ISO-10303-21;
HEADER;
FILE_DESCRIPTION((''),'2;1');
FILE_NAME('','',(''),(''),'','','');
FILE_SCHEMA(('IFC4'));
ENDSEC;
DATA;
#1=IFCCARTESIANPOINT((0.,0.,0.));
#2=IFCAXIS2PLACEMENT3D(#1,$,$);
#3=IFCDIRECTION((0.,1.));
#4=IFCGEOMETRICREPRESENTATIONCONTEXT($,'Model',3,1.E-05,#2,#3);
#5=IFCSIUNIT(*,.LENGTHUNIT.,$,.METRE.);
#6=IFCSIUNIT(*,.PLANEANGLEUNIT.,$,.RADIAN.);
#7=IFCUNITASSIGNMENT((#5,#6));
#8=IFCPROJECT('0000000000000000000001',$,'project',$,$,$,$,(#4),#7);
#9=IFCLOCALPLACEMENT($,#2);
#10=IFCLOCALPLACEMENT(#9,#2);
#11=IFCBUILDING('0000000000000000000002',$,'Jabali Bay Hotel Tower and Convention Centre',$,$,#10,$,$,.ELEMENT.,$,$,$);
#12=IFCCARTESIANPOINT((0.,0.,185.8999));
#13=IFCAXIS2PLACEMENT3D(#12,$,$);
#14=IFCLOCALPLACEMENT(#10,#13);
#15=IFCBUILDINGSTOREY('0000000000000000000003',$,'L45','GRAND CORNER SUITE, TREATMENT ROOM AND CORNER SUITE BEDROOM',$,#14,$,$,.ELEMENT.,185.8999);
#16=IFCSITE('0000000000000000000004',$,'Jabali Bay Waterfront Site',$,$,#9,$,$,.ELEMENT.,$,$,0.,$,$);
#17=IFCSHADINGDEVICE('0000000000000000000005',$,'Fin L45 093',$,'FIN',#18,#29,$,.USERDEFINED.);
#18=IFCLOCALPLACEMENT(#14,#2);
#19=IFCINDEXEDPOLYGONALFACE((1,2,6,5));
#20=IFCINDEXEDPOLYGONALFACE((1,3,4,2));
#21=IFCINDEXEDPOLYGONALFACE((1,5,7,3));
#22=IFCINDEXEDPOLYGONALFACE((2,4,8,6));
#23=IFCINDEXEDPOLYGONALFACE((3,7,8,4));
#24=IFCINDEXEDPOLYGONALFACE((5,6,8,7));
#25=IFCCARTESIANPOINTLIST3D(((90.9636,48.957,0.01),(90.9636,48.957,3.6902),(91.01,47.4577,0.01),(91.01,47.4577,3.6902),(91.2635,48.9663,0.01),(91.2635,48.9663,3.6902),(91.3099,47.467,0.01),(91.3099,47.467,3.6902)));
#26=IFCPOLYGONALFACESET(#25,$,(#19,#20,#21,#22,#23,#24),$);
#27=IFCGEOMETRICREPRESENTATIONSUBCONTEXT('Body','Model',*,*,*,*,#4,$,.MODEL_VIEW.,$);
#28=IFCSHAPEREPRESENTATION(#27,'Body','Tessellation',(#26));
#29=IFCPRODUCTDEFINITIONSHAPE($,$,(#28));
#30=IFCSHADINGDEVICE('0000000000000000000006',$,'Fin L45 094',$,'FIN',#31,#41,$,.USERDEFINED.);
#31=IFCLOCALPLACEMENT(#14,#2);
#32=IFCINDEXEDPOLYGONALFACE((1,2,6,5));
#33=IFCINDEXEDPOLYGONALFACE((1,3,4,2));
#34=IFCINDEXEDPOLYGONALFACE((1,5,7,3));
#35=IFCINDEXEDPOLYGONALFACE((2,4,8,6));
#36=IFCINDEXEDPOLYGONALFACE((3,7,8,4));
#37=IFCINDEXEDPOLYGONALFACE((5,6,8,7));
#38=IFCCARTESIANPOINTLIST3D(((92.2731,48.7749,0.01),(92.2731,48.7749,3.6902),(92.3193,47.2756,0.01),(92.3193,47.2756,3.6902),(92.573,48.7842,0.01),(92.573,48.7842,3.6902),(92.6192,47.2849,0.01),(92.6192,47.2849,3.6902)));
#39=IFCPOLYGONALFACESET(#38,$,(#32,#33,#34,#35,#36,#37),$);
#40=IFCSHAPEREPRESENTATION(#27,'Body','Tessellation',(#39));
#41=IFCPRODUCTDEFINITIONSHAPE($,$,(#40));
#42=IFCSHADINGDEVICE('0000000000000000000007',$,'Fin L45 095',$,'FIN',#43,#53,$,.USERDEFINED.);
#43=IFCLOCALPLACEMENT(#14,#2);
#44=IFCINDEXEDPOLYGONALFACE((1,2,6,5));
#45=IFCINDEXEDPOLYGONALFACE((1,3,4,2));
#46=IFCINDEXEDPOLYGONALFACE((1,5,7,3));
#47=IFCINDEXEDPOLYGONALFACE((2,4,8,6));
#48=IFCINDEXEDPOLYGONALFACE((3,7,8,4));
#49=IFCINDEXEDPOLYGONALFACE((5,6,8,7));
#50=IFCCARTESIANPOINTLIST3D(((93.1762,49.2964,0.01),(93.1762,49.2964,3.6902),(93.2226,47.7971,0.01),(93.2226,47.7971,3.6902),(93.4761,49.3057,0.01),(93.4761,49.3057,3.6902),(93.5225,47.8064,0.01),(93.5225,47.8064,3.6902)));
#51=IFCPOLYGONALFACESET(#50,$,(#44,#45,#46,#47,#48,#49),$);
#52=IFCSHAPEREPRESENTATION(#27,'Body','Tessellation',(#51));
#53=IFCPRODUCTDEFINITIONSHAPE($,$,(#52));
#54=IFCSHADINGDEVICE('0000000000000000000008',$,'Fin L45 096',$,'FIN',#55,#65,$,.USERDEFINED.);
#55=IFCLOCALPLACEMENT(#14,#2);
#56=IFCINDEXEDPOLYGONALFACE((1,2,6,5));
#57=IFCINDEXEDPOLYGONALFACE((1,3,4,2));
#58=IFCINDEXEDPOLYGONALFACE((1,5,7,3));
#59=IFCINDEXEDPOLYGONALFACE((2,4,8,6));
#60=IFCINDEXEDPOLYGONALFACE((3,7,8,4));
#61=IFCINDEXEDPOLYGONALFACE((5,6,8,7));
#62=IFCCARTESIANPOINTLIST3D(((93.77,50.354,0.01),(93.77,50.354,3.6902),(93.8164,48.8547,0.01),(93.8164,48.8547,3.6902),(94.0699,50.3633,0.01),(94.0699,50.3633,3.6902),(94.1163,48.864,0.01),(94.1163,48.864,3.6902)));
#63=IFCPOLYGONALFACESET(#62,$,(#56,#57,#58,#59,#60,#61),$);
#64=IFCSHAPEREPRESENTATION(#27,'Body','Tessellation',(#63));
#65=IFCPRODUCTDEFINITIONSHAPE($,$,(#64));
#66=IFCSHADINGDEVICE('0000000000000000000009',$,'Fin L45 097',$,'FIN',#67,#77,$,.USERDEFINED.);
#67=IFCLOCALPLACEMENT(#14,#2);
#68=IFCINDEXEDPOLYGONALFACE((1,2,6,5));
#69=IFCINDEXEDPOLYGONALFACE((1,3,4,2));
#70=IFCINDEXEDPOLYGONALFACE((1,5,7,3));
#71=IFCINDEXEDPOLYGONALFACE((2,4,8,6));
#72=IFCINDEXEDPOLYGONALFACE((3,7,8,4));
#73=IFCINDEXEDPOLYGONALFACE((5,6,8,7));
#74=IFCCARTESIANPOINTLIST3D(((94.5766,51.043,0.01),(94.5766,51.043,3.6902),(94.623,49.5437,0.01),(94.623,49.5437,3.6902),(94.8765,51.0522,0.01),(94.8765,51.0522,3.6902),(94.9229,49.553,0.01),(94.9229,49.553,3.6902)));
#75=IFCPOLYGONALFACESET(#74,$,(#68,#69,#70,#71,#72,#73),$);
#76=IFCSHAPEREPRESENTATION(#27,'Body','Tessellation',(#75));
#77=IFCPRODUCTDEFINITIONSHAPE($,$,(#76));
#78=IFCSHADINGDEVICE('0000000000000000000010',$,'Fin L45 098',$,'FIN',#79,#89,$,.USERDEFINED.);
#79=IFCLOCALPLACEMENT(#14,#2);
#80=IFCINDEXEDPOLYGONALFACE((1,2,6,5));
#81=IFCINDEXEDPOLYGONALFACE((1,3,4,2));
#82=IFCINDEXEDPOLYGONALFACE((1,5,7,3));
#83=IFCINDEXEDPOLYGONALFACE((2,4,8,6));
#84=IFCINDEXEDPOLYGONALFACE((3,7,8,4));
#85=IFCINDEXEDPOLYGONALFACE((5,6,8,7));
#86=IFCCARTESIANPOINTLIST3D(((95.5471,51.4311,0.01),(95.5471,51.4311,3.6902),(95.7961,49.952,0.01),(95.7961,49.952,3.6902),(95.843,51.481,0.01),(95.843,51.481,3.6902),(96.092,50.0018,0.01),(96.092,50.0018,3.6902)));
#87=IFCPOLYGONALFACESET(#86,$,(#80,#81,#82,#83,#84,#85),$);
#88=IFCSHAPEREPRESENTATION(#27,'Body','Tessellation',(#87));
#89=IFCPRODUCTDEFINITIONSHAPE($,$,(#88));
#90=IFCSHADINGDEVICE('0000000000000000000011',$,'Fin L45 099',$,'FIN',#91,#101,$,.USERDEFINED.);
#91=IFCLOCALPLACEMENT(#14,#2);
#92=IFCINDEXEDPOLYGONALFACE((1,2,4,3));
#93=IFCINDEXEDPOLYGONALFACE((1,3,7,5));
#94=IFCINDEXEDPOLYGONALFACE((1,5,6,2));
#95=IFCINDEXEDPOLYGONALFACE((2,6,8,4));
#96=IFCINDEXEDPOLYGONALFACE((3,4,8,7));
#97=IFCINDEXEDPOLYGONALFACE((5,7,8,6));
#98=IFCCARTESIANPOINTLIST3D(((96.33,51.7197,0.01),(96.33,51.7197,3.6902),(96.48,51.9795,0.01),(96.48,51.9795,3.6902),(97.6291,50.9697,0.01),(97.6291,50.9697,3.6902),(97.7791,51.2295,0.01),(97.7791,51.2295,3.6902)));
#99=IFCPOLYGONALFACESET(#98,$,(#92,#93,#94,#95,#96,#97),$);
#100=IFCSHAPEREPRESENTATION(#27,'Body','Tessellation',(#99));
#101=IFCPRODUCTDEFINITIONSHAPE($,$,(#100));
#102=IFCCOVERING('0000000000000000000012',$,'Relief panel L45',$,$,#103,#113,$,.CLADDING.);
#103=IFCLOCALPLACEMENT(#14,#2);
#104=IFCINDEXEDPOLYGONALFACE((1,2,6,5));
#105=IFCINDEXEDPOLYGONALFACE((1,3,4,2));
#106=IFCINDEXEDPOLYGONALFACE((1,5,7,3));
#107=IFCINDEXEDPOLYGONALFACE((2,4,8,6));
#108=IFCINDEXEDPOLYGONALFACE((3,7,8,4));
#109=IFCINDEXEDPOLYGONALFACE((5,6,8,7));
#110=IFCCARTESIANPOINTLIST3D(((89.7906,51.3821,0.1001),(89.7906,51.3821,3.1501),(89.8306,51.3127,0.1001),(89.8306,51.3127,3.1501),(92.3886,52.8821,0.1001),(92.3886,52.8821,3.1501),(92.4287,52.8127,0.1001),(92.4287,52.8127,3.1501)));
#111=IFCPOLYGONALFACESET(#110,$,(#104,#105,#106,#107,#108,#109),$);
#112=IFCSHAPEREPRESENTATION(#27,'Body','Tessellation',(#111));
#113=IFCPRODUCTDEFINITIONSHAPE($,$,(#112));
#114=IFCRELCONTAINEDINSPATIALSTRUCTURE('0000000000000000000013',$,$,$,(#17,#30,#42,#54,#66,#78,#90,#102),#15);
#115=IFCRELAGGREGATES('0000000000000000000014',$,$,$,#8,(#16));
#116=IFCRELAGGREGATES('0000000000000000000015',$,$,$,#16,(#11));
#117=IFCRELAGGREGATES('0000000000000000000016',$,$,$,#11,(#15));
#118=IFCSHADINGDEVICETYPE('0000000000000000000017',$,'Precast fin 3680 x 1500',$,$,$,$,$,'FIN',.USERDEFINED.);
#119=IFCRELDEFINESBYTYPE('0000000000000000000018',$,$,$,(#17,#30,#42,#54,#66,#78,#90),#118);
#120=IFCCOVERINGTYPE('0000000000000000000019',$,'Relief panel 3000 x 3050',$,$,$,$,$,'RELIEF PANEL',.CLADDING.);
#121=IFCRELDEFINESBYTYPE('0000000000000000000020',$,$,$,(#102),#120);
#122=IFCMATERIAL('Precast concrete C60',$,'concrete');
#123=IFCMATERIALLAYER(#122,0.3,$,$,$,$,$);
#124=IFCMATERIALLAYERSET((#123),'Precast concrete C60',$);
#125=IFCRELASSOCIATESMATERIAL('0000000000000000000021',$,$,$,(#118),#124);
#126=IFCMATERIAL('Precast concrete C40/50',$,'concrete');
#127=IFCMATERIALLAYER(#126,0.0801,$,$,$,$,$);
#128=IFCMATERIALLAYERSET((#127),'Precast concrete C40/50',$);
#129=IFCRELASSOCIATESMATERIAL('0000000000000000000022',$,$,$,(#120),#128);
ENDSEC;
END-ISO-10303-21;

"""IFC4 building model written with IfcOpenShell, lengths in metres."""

from ifc_helpers import new_model, si_unit, direction, frame, frame_2d, origin, origin_2d, place, context, subcontext, project, spatial, rectangle, extrude, material, layer, layer_set, type_object, element, save


model = new_model("IFC4")

# Units and contexts
model_context = context("Model", 3, precision=1e-05, world=origin(), true_north=direction((0.0, 1.0)))
body_context = subcontext(model_context, "Body", "Model", "MODEL_VIEW")
ifc_project = project(units=[si_unit("LENGTHUNIT", "METRE"), si_unit("PLANEANGLEUNIT", "RADIAN")], contexts=[model_context])

# Site, building, storey
site_placement = place(None, origin())
site = spatial("IfcSite", under=ifc_project, at=site_placement, Name="Jabali Bay Waterfront Site", CompositionType="ELEMENT", RefElevation=0.0)
building_placement = place(site_placement, origin())
building = spatial("IfcBuilding", under=site, at=building_placement, Name="Jabali Bay Hotel Tower and Convention Centre", CompositionType="ELEMENT")
storey_placement = place(building_placement, frame((0.0, 0.0, 185.8999)))
storey = spatial("IfcBuildingStorey", under=building, at=storey_placement, Name="L45", Description="GRAND CORNER SUITE, TREATMENT ROOM AND CORNER SUITE BEDROOM", CompositionType="ELEMENT", Elevation=185.8999)

# Shading devices
ifc_material_1 = material(Name="Precast concrete C60", Category="concrete")
ifc_layer_1 = layer(ifc_material_1, 0.3)
ifc_layer_set_1 = layer_set([ifc_layer_1], Name="Precast concrete C60")
shading_device_type = type_object("IfcShadingDeviceType", Name="Precast fin 3680 x 1500", ElementType="FIN", PredefinedType="USERDEFINED", material=ifc_layer_set_1)
for number, where, z_axis, x_axis, name in (
    (1, (91.1135, 48.9617, 0.01), (0.0, 0.0, 1.0), (0.030925, -0.999522, 0.0), "Fin L45 093"),
    (2, (92.4231, 48.7795, 0.01), (0.0, 0.0, 1.0), (0.030762, -0.999527, 0.0), "Fin L45 094"),
    (3, (93.3262, 49.301, 0.01), (0.0, 0.0, 1.0), (0.030925, -0.999522, 0.0), "Fin L45 095"),
    (4, (93.9199, 50.3586, 0.01), (0.0, 0.0, 1.0), (0.030925, -0.999522, 0.0), "Fin L45 096"),
    (5, (94.7266, 51.0476, 0.01), (0.0, 0.0, 1.0), (0.030925, -0.999522, 0.0), "Fin L45 097"),
    (6, (95.6951, 51.4561, 0.01), (0.0, 0.0, 1.0), (0.166009, -0.986124, 0.0), "Fin L45 098"),
    (7, (96.405, 51.8496, 0.01), (0.0, 0.0, 1.0), (0.866031, -0.49999, 0.0), "Fin L45 099"),
):
    element("IfcShadingDevice", number, at=place(storey_placement, frame(where, z_axis=z_axis, x_axis=x_axis)), inside=storey, type_object=shading_device_type, Name=name, ObjectType="FIN", PredefinedType="USERDEFINED", context=body_context, shape_type="SweptSolid", body=[
        extrude(rectangle(XDim=1.5, YDim=0.3, at=frame_2d((0.75, 0.0))), origin(), (0.0, 0.0, 1.0), 3.6802),
    ])

# Covering
ifc_material_2 = material(Name="Precast concrete C40/50", Category="concrete")
ifc_layer_2 = layer(ifc_material_2, 0.0801)
ifc_layer_set_2 = layer_set([ifc_layer_2], Name="Precast concrete C40/50")
covering_type = type_object("IfcCoveringType", Name="Relief panel 3000 x 3050", ElementType="RELIEF PANEL", PredefinedType="CLADDING", material=ifc_layer_set_2)
covering_placement = place(storey_placement, frame((91.1096, 52.0974, 0.1001), z_axis=(0.0, 0.0, 1.0), x_axis=(-0.866025, -0.5, 0.0)))
element("IfcCovering", 8, at=covering_placement, inside=storey, type_object=covering_type, Name="Relief panel L45", PredefinedType="CLADDING", context=body_context, shape_type="SweptSolid", body=[
    extrude(rectangle(XDim=3.0, YDim=0.0801, at=origin_2d()), origin(), (0.0, 0.0, 1.0), 3.05),
])

save(model, "model.ifc")
